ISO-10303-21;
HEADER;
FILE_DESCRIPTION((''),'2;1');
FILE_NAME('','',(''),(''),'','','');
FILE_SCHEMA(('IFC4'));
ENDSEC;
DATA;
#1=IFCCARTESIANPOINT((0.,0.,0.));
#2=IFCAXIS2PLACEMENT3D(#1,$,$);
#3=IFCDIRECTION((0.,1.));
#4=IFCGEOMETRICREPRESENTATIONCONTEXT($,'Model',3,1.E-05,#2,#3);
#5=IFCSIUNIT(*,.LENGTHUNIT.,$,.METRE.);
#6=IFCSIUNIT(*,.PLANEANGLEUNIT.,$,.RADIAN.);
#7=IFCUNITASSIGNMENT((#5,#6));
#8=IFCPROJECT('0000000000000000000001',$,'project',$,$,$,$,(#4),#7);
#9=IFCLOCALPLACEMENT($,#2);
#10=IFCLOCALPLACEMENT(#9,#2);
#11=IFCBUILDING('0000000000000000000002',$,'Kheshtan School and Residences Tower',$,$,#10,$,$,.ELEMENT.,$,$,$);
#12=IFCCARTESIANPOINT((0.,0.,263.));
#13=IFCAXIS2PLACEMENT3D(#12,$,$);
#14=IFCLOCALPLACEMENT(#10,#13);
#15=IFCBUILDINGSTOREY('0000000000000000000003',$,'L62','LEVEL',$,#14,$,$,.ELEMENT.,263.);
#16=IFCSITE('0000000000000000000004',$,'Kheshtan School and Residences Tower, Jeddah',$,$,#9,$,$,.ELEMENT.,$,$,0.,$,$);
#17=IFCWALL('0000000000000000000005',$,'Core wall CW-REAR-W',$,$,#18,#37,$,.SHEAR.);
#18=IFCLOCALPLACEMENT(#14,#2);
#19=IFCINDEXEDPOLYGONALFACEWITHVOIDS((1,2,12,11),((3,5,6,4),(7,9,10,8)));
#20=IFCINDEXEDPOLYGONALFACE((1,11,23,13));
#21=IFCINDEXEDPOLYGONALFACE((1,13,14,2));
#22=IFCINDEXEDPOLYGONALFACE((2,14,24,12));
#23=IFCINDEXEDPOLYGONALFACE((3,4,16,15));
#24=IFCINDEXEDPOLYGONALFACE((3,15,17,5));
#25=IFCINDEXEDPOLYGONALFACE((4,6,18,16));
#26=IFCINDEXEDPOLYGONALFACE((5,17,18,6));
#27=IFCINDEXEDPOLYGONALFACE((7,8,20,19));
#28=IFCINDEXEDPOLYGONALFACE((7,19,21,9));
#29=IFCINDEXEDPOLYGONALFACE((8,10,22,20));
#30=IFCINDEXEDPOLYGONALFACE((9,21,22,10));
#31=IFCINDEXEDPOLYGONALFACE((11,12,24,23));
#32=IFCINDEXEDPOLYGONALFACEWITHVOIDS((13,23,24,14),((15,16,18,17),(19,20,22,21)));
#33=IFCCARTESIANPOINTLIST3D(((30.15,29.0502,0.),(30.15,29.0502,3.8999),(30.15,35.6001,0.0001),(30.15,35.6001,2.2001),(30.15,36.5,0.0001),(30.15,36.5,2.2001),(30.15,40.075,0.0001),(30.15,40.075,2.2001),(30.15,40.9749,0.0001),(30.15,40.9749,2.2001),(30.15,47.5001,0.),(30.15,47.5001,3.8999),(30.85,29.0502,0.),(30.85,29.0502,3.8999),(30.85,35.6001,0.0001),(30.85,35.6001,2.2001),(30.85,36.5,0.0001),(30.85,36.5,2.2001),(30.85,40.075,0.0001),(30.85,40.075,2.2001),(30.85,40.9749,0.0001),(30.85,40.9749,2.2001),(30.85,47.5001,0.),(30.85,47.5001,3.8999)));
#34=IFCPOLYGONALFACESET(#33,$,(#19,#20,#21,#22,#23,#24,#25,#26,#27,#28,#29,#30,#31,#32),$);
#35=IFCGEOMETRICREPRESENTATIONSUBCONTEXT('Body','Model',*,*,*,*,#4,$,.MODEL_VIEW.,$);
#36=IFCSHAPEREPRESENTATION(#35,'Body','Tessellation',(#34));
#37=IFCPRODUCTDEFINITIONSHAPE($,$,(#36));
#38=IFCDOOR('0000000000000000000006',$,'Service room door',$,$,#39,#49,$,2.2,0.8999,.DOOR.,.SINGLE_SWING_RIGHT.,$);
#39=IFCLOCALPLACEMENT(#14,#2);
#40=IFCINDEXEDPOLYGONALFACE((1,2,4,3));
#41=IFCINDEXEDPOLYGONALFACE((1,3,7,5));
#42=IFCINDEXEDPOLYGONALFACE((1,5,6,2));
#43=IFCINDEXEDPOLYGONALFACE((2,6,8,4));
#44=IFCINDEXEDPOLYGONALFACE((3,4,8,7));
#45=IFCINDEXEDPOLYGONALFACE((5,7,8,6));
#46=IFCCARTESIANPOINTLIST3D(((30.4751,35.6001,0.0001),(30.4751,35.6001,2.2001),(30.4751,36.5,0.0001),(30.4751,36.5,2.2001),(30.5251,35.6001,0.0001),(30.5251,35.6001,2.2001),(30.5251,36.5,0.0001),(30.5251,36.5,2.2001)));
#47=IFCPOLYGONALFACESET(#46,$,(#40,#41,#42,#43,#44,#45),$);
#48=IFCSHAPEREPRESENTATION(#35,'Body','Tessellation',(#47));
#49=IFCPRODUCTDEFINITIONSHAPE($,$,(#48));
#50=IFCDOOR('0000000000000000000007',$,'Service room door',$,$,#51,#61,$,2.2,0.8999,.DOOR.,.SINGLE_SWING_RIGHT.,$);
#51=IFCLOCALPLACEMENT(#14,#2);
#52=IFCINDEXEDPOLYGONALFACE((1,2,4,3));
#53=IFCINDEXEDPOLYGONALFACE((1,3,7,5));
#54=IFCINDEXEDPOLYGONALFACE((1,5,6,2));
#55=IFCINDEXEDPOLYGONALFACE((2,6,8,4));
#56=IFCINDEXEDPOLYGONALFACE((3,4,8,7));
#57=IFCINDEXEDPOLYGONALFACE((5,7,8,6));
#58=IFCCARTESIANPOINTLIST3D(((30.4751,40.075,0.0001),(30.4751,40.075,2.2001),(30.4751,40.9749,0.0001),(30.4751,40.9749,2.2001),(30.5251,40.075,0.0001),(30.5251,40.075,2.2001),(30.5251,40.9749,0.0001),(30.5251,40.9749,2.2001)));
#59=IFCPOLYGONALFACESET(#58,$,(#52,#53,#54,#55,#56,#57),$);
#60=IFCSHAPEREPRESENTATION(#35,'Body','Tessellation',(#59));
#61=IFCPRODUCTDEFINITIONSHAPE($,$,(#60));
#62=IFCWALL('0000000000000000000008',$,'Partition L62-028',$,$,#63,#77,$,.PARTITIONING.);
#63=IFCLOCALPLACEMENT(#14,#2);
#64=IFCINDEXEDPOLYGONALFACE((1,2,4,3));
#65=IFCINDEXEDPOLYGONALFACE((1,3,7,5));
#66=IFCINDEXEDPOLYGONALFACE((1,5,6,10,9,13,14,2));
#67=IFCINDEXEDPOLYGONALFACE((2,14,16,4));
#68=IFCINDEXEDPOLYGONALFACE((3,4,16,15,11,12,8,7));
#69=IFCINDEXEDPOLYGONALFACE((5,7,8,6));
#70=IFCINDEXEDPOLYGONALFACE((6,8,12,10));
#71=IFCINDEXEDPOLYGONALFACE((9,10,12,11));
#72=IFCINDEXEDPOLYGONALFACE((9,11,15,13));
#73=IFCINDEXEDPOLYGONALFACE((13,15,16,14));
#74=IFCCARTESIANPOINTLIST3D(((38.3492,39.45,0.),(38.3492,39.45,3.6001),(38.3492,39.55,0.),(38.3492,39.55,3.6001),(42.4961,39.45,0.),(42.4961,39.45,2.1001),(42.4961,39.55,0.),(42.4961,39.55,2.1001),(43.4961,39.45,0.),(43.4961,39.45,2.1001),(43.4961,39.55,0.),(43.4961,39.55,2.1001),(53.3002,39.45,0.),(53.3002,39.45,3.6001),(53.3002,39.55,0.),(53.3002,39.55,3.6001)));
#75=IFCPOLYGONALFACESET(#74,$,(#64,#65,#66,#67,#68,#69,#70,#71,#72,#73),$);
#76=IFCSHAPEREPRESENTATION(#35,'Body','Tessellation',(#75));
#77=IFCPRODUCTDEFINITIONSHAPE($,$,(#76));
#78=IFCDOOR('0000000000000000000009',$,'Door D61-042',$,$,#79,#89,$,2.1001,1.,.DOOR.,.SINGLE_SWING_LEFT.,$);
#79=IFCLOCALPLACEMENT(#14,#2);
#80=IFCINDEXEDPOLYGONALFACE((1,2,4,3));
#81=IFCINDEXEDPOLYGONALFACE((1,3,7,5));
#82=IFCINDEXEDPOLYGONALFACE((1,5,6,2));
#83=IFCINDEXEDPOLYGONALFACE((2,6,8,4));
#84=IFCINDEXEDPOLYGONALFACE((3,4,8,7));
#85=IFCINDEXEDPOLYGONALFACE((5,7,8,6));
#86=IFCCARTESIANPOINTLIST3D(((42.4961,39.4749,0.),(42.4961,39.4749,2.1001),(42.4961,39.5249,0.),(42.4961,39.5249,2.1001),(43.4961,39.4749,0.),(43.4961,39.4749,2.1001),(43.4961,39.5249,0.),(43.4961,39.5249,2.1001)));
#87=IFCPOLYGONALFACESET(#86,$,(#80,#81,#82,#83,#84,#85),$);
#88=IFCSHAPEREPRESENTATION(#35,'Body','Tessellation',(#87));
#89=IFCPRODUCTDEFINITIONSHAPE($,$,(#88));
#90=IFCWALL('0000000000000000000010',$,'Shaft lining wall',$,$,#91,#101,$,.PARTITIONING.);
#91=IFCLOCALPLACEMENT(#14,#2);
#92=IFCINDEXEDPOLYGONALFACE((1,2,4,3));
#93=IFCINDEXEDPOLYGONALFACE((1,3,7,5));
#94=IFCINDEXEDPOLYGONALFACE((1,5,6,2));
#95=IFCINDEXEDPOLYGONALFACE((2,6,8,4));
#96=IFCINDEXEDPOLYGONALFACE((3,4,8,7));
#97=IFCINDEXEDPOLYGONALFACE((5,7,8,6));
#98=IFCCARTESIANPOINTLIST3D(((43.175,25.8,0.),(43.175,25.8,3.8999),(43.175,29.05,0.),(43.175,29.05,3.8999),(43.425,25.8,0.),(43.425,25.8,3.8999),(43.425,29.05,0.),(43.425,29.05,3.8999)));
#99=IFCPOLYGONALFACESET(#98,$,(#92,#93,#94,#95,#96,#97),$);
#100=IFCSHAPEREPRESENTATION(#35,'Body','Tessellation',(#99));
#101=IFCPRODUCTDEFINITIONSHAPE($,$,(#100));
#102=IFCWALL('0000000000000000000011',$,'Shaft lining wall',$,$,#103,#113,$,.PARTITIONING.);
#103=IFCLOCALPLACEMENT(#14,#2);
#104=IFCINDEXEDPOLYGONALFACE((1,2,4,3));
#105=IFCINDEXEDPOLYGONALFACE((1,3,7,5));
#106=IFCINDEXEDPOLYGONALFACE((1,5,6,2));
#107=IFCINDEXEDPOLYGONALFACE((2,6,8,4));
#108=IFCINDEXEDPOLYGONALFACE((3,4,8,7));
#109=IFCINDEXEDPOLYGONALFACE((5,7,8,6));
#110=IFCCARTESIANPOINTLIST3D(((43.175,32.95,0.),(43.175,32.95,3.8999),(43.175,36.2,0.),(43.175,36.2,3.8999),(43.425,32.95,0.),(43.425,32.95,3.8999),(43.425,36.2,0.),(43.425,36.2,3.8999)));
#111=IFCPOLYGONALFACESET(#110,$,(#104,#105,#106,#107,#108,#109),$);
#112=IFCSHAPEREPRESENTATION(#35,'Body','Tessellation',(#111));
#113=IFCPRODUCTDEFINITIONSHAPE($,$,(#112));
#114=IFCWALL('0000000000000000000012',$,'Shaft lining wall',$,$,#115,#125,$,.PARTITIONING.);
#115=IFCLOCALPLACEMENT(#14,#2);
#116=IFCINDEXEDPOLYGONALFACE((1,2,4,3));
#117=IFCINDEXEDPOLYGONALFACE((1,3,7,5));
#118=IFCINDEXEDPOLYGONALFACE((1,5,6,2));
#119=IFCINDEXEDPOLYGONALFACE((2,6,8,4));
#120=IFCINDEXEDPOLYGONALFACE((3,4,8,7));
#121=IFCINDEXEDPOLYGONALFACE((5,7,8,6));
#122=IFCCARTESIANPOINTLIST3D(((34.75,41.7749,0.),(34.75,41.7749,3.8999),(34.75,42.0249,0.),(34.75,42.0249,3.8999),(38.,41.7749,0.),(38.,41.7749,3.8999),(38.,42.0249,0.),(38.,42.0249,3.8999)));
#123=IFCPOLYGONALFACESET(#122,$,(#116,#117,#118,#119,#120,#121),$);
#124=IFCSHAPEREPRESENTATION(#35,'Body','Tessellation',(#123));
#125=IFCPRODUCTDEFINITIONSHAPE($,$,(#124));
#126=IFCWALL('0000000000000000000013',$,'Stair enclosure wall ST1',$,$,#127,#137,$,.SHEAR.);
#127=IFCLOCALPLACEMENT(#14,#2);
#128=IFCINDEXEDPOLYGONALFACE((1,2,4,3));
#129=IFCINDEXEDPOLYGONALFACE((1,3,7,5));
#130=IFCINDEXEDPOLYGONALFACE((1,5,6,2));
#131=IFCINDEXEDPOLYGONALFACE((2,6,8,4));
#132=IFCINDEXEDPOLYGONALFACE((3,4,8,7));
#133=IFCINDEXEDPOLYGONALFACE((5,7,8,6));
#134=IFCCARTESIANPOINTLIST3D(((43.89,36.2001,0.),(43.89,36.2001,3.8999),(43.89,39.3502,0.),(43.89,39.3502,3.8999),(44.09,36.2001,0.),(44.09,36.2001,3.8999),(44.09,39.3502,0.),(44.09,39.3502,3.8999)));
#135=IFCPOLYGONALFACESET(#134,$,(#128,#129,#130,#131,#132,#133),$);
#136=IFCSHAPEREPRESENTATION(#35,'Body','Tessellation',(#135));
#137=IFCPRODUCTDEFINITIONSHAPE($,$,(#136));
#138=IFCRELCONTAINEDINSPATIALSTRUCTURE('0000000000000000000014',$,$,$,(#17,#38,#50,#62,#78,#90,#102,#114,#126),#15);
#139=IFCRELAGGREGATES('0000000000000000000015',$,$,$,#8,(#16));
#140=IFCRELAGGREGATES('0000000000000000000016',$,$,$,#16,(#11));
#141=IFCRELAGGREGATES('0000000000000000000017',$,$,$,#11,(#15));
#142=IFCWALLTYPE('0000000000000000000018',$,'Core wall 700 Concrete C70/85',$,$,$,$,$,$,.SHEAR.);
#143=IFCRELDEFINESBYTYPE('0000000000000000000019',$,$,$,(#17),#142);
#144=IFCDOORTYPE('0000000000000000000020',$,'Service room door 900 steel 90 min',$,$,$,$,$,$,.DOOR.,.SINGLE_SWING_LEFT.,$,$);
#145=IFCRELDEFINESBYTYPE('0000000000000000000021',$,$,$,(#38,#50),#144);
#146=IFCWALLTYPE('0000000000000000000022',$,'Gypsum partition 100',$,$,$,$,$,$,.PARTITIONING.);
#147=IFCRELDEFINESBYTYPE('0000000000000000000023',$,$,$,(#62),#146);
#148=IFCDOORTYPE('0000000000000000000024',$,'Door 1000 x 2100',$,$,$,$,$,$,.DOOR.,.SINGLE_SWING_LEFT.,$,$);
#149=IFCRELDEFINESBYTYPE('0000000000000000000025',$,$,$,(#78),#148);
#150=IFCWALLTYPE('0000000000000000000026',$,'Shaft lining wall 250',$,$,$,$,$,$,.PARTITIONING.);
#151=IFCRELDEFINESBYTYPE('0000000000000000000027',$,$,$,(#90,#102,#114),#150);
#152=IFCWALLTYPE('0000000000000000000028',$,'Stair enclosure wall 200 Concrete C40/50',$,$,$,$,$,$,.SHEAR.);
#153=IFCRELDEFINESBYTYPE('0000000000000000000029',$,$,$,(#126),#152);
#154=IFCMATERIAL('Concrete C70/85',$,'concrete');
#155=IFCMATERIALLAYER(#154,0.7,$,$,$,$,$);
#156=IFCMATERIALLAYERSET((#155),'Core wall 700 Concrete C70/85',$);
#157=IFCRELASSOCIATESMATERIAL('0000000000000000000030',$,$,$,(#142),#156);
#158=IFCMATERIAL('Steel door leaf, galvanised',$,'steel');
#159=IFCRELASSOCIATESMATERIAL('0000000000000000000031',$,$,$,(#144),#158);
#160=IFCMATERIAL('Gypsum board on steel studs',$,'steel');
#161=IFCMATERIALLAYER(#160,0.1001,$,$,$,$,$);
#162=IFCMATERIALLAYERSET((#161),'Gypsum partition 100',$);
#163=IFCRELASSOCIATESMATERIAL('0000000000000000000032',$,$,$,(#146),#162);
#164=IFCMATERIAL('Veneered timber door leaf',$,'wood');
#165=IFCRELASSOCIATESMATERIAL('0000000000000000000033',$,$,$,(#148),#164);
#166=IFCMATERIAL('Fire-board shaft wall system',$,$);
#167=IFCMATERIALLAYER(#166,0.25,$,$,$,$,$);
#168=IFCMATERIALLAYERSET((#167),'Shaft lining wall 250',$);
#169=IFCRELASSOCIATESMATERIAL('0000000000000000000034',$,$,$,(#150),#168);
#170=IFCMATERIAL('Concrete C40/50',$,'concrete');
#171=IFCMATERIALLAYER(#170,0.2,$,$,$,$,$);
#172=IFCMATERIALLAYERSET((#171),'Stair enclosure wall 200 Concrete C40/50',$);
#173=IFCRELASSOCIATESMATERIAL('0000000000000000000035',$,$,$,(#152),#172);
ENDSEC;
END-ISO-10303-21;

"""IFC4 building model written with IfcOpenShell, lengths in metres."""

from ifc_helpers import new_model, si_unit, direction, frame, frame_2d, origin, place, context, subcontext, project, spatial, rectangle, extrude, source, transform, mapped, material, layer, layer_set, type_object, element, fill, save


model = new_model("IFC4")

# Units and contexts
model_context = context("Model", 3, precision=1e-05, world=origin(), true_north=direction((0.0, 1.0)))
body_context = subcontext(model_context, "Body", "Model", "MODEL_VIEW")
ifc_project = project(units=[si_unit("LENGTHUNIT", "METRE"), si_unit("PLANEANGLEUNIT", "RADIAN")], contexts=[model_context])

# Site, building, storey
site_placement = place(None, origin())
site = spatial("IfcSite", under=ifc_project, at=site_placement, Name="Kheshtan School and Residences Tower, Jeddah", CompositionType="ELEMENT", RefElevation=0.0)
building_placement = place(site_placement, origin())
building = spatial("IfcBuilding", under=site, at=building_placement, Name="Kheshtan School and Residences Tower", CompositionType="ELEMENT")
storey_placement = place(building_placement, frame((0.0, 0.0, 263.0)))
storey = spatial("IfcBuildingStorey", under=building, at=storey_placement, Name="L62", Description="LEVEL", CompositionType="ELEMENT", Elevation=263.0)

# Shared definitions
ifc_material_1 = material(Name="Steel door leaf, galvanised", Category="steel")

# Shared definitions
ifc_material_2 = material(Name="Concrete C70/85", Category="concrete")
ifc_layer_1 = layer(ifc_material_2, 0.7)
ifc_layer_set_1 = layer_set([ifc_layer_1], Name="Core wall 700 Concrete C70/85")
wall_type_1 = type_object("IfcWallType", Name="Core wall 700 Concrete C70/85", PredefinedType="SHEAR", material=ifc_layer_set_1)

# Wall, openings, doors
wall_1_placement = place(storey_placement, frame((30.5, 29.05, 0.0), z_axis=(0.0, 0.0, 1.0), x_axis=(0.0, 1.0, 0.0)))
wall_1 = element("IfcWall", 1, at=wall_1_placement, inside=storey, type_object=wall_type_1, Name="Core wall CW-REAR-W", PredefinedType="SHEAR", context=body_context, shape_type="SweptSolid", body=[
    extrude(rectangle(XDim=18.45, YDim=0.7, at=frame_2d((9.2251, 0.0))), origin(), (0.0, 0.0, 1.0), 3.8999),
])
opening_1_placement = place(wall_1_placement, frame((6.55, 0.0, 0.0)))
opening_1 = element("IfcOpeningElement", 2, at=opening_1_placement, cuts=wall_1, PredefinedType="OPENING", context=body_context, shape_type="SweptSolid", body=[
    extrude(rectangle(XDim=0.8999, YDim=2.2, at=frame_2d((0.45, 1.1001))), frame((0.0, 0.3599, 0.0), z_axis=(0.0, -1.0, 0.0), x_axis=(1.0, 0.0, 0.0)), (0.0, 0.0, 1.0), 0.72),
])
opening_2_placement = place(wall_1_placement, frame((11.0249, 0.0, 0.0)))
opening_2 = element("IfcOpeningElement", 3, at=opening_2_placement, cuts=wall_1, PredefinedType="OPENING", context=body_context, shape_type="SweptSolid", body=[
    extrude(rectangle(XDim=0.8999, YDim=2.2, at=frame_2d((0.45, 1.1001))), frame((0.0, 0.3599, 0.0), z_axis=(0.0, -1.0, 0.0), x_axis=(1.0, 0.0, 0.0)), (0.0, 0.0, 1.0), 0.72),
])
door_type_1 = type_object("IfcDoorType", Name="Service room door 900 steel 90 min", OperationType="SINGLE_SWING_LEFT", PredefinedType="DOOR", material=ifc_material_1)
shared_shape_1 = source(origin(), body_context, "Body", "SweptSolid", [
    extrude(rectangle(XDim=0.8999, YDim=2.2, at=frame_2d((0.45, 1.1001))), frame((0.0, 0.0249, 0.0), z_axis=(0.0, -1.0, 0.0), x_axis=(1.0, 0.0, 0.0)), (0.0, 0.0, 1.0), 0.05),
])
door_1_placement = place(opening_1_placement, origin())
door_1 = element("IfcDoor", 4, at=door_1_placement, inside=storey, type_object=door_type_1, Name="Service room door", OperationType="SINGLE_SWING_RIGHT", OverallHeight=2.2, OverallWidth=0.8999, PredefinedType="DOOR", context=body_context, shape_type="MappedRepresentation", body=[
    mapped(shared_shape_1, transform((0.0, 0.0, 0.0), x_axis=(1.0, 0.0, 0.0), y_axis=(0.0, 1.0, 0.0), z_axis=(0.0, 0.0, 1.0), scale=1.0)),
])
fill(opening_1, door_1)
door_2_placement = place(opening_2_placement, origin())
door_2 = element("IfcDoor", 5, at=door_2_placement, inside=storey, type_object=door_type_1, Name="Service room door", OperationType="SINGLE_SWING_RIGHT", OverallHeight=2.2, OverallWidth=0.8999, PredefinedType="DOOR", context=body_context, shape_type="MappedRepresentation", body=[
    mapped(shared_shape_1, transform((0.0, 0.0, 0.0), x_axis=(1.0, 0.0, 0.0), y_axis=(0.0, 1.0, 0.0), z_axis=(0.0, 0.0, 1.0), scale=1.0)),
])
fill(opening_2, door_2)

# Wall, opening, door
ifc_material_3 = material(Name="Gypsum board on steel studs", Category="steel")
ifc_layer_2 = layer(ifc_material_3, 0.1001)
ifc_layer_set_2 = layer_set([ifc_layer_2], Name="Gypsum partition 100")
wall_type_2 = type_object("IfcWallType", Name="Gypsum partition 100", PredefinedType="PARTITIONING", material=ifc_layer_set_2)
wall_2_placement = place(storey_placement, frame((38.3491, 39.5, 0.0), z_axis=(0.0, 0.0, 1.0), x_axis=(1.0, 0.0, 0.0)))
wall_2 = element("IfcWall", 6, at=wall_2_placement, inside=storey, type_object=wall_type_2, Name="Partition L62-028", PredefinedType="PARTITIONING", context=body_context, shape_type="SweptSolid", body=[
    extrude(rectangle(XDim=14.9509, YDim=0.1001, at=frame_2d((7.4756, 0.0))), origin(), (0.0, 0.0, 1.0), 3.6001),
])
opening_3_placement = place(wall_2_placement, frame((4.147, 0.0, 0.0)))
opening_3 = element("IfcOpeningElement", 7, at=opening_3_placement, cuts=wall_2, PredefinedType="OPENING", context=body_context, shape_type="SweptSolid", body=[
    extrude(rectangle(XDim=1.0, YDim=2.1001, at=frame_2d((0.5, 1.05))), frame((0.0, 0.0601, 0.0), z_axis=(0.0, -1.0, 0.0), x_axis=(1.0, 0.0, 0.0)), (0.0, 0.0, 1.0), 0.1201),
])
ifc_material_4 = material(Name="Veneered timber door leaf", Category="wood")
door_type_2 = type_object("IfcDoorType", Name="Door 1000 x 2100", OperationType="SINGLE_SWING_LEFT", PredefinedType="DOOR", material=ifc_material_4)
shared_shape_2 = source(origin(), body_context, "Body", "SweptSolid", [
    extrude(rectangle(XDim=1.0, YDim=2.1001, at=frame_2d((0.5, 1.05))), frame((0.0, 0.0249, 0.0), z_axis=(0.0, -1.0, 0.0), x_axis=(1.0, 0.0, 0.0)), (0.0, 0.0, 1.0), 0.05),
])
door_3_placement = place(opening_3_placement, origin())
door_3 = element("IfcDoor", 8, at=door_3_placement, inside=storey, type_object=door_type_2, Name="Door D61-042", OperationType="SINGLE_SWING_LEFT", OverallHeight=2.1001, OverallWidth=1.0, PredefinedType="DOOR", context=body_context, shape_type="MappedRepresentation", body=[
    mapped(shared_shape_2, transform((0.0, 0.0, 0.0), x_axis=(1.0, 0.0, 0.0), y_axis=(0.0, 1.0, 0.0), z_axis=(0.0, 0.0, 1.0), scale=1.0)),
])
fill(opening_3, door_3)

# Walls
ifc_material_5 = material(Name="Fire-board shaft wall system")
ifc_layer_3 = layer(ifc_material_5, 0.25)
ifc_layer_set_3 = layer_set([ifc_layer_3], Name="Shaft lining wall 250")
wall_type_3 = type_object("IfcWallType", Name="Shaft lining wall 250", PredefinedType="PARTITIONING", material=ifc_layer_set_3)
for number, where, z_axis, x_axis, name in (
    (9, (43.3, 25.8, 0.0), (0.0, 0.0, 1.0), (0.0, 1.0, 0.0), "Shaft lining wall"),
    (10, (43.3, 32.95, 0.0), (0.0, 0.0, 1.0), (0.0, 1.0, 0.0), "Shaft lining wall"),
    (11, (34.75, 41.8999, 0.0), (0.0, 0.0, 1.0), (1.0, 0.0, 0.0), "Shaft lining wall"),
):
    element("IfcWall", number, at=place(storey_placement, frame(where, z_axis=z_axis, x_axis=x_axis)), inside=storey, type_object=wall_type_3, Name=name, PredefinedType="PARTITIONING", context=body_context, shape_type="SweptSolid", body=[
        extrude(rectangle(XDim=3.25, YDim=0.25, at=frame_2d((1.625, 0.0))), origin(), (0.0, 0.0, 1.0), 3.8999),
    ])
ifc_material_6 = material(Name="Concrete C40/50", Category="concrete")
ifc_layer_4 = layer(ifc_material_6, 0.2)
ifc_layer_set_4 = layer_set([ifc_layer_4], Name="Stair enclosure wall 200 Concrete C40/50")
wall_type_4 = type_object("IfcWallType", Name="Stair enclosure wall 200 Concrete C40/50", PredefinedType="SHEAR", material=ifc_layer_set_4)
wall_3_placement = place(storey_placement, frame((43.99, 36.2, 0.0), z_axis=(0.0, 0.0, 1.0), x_axis=(0.0, 1.0, 0.0)))
element("IfcWall", 12, at=wall_3_placement, inside=storey, type_object=wall_type_4, Name="Stair enclosure wall ST1", PredefinedType="SHEAR", context=body_context, shape_type="SweptSolid", body=[
    extrude(rectangle(XDim=3.1501, YDim=0.2, at=frame_2d((1.5752, 0.0))), origin(), (0.0, 0.0, 1.0), 3.8999),
])

save(model, "model.ifc")
